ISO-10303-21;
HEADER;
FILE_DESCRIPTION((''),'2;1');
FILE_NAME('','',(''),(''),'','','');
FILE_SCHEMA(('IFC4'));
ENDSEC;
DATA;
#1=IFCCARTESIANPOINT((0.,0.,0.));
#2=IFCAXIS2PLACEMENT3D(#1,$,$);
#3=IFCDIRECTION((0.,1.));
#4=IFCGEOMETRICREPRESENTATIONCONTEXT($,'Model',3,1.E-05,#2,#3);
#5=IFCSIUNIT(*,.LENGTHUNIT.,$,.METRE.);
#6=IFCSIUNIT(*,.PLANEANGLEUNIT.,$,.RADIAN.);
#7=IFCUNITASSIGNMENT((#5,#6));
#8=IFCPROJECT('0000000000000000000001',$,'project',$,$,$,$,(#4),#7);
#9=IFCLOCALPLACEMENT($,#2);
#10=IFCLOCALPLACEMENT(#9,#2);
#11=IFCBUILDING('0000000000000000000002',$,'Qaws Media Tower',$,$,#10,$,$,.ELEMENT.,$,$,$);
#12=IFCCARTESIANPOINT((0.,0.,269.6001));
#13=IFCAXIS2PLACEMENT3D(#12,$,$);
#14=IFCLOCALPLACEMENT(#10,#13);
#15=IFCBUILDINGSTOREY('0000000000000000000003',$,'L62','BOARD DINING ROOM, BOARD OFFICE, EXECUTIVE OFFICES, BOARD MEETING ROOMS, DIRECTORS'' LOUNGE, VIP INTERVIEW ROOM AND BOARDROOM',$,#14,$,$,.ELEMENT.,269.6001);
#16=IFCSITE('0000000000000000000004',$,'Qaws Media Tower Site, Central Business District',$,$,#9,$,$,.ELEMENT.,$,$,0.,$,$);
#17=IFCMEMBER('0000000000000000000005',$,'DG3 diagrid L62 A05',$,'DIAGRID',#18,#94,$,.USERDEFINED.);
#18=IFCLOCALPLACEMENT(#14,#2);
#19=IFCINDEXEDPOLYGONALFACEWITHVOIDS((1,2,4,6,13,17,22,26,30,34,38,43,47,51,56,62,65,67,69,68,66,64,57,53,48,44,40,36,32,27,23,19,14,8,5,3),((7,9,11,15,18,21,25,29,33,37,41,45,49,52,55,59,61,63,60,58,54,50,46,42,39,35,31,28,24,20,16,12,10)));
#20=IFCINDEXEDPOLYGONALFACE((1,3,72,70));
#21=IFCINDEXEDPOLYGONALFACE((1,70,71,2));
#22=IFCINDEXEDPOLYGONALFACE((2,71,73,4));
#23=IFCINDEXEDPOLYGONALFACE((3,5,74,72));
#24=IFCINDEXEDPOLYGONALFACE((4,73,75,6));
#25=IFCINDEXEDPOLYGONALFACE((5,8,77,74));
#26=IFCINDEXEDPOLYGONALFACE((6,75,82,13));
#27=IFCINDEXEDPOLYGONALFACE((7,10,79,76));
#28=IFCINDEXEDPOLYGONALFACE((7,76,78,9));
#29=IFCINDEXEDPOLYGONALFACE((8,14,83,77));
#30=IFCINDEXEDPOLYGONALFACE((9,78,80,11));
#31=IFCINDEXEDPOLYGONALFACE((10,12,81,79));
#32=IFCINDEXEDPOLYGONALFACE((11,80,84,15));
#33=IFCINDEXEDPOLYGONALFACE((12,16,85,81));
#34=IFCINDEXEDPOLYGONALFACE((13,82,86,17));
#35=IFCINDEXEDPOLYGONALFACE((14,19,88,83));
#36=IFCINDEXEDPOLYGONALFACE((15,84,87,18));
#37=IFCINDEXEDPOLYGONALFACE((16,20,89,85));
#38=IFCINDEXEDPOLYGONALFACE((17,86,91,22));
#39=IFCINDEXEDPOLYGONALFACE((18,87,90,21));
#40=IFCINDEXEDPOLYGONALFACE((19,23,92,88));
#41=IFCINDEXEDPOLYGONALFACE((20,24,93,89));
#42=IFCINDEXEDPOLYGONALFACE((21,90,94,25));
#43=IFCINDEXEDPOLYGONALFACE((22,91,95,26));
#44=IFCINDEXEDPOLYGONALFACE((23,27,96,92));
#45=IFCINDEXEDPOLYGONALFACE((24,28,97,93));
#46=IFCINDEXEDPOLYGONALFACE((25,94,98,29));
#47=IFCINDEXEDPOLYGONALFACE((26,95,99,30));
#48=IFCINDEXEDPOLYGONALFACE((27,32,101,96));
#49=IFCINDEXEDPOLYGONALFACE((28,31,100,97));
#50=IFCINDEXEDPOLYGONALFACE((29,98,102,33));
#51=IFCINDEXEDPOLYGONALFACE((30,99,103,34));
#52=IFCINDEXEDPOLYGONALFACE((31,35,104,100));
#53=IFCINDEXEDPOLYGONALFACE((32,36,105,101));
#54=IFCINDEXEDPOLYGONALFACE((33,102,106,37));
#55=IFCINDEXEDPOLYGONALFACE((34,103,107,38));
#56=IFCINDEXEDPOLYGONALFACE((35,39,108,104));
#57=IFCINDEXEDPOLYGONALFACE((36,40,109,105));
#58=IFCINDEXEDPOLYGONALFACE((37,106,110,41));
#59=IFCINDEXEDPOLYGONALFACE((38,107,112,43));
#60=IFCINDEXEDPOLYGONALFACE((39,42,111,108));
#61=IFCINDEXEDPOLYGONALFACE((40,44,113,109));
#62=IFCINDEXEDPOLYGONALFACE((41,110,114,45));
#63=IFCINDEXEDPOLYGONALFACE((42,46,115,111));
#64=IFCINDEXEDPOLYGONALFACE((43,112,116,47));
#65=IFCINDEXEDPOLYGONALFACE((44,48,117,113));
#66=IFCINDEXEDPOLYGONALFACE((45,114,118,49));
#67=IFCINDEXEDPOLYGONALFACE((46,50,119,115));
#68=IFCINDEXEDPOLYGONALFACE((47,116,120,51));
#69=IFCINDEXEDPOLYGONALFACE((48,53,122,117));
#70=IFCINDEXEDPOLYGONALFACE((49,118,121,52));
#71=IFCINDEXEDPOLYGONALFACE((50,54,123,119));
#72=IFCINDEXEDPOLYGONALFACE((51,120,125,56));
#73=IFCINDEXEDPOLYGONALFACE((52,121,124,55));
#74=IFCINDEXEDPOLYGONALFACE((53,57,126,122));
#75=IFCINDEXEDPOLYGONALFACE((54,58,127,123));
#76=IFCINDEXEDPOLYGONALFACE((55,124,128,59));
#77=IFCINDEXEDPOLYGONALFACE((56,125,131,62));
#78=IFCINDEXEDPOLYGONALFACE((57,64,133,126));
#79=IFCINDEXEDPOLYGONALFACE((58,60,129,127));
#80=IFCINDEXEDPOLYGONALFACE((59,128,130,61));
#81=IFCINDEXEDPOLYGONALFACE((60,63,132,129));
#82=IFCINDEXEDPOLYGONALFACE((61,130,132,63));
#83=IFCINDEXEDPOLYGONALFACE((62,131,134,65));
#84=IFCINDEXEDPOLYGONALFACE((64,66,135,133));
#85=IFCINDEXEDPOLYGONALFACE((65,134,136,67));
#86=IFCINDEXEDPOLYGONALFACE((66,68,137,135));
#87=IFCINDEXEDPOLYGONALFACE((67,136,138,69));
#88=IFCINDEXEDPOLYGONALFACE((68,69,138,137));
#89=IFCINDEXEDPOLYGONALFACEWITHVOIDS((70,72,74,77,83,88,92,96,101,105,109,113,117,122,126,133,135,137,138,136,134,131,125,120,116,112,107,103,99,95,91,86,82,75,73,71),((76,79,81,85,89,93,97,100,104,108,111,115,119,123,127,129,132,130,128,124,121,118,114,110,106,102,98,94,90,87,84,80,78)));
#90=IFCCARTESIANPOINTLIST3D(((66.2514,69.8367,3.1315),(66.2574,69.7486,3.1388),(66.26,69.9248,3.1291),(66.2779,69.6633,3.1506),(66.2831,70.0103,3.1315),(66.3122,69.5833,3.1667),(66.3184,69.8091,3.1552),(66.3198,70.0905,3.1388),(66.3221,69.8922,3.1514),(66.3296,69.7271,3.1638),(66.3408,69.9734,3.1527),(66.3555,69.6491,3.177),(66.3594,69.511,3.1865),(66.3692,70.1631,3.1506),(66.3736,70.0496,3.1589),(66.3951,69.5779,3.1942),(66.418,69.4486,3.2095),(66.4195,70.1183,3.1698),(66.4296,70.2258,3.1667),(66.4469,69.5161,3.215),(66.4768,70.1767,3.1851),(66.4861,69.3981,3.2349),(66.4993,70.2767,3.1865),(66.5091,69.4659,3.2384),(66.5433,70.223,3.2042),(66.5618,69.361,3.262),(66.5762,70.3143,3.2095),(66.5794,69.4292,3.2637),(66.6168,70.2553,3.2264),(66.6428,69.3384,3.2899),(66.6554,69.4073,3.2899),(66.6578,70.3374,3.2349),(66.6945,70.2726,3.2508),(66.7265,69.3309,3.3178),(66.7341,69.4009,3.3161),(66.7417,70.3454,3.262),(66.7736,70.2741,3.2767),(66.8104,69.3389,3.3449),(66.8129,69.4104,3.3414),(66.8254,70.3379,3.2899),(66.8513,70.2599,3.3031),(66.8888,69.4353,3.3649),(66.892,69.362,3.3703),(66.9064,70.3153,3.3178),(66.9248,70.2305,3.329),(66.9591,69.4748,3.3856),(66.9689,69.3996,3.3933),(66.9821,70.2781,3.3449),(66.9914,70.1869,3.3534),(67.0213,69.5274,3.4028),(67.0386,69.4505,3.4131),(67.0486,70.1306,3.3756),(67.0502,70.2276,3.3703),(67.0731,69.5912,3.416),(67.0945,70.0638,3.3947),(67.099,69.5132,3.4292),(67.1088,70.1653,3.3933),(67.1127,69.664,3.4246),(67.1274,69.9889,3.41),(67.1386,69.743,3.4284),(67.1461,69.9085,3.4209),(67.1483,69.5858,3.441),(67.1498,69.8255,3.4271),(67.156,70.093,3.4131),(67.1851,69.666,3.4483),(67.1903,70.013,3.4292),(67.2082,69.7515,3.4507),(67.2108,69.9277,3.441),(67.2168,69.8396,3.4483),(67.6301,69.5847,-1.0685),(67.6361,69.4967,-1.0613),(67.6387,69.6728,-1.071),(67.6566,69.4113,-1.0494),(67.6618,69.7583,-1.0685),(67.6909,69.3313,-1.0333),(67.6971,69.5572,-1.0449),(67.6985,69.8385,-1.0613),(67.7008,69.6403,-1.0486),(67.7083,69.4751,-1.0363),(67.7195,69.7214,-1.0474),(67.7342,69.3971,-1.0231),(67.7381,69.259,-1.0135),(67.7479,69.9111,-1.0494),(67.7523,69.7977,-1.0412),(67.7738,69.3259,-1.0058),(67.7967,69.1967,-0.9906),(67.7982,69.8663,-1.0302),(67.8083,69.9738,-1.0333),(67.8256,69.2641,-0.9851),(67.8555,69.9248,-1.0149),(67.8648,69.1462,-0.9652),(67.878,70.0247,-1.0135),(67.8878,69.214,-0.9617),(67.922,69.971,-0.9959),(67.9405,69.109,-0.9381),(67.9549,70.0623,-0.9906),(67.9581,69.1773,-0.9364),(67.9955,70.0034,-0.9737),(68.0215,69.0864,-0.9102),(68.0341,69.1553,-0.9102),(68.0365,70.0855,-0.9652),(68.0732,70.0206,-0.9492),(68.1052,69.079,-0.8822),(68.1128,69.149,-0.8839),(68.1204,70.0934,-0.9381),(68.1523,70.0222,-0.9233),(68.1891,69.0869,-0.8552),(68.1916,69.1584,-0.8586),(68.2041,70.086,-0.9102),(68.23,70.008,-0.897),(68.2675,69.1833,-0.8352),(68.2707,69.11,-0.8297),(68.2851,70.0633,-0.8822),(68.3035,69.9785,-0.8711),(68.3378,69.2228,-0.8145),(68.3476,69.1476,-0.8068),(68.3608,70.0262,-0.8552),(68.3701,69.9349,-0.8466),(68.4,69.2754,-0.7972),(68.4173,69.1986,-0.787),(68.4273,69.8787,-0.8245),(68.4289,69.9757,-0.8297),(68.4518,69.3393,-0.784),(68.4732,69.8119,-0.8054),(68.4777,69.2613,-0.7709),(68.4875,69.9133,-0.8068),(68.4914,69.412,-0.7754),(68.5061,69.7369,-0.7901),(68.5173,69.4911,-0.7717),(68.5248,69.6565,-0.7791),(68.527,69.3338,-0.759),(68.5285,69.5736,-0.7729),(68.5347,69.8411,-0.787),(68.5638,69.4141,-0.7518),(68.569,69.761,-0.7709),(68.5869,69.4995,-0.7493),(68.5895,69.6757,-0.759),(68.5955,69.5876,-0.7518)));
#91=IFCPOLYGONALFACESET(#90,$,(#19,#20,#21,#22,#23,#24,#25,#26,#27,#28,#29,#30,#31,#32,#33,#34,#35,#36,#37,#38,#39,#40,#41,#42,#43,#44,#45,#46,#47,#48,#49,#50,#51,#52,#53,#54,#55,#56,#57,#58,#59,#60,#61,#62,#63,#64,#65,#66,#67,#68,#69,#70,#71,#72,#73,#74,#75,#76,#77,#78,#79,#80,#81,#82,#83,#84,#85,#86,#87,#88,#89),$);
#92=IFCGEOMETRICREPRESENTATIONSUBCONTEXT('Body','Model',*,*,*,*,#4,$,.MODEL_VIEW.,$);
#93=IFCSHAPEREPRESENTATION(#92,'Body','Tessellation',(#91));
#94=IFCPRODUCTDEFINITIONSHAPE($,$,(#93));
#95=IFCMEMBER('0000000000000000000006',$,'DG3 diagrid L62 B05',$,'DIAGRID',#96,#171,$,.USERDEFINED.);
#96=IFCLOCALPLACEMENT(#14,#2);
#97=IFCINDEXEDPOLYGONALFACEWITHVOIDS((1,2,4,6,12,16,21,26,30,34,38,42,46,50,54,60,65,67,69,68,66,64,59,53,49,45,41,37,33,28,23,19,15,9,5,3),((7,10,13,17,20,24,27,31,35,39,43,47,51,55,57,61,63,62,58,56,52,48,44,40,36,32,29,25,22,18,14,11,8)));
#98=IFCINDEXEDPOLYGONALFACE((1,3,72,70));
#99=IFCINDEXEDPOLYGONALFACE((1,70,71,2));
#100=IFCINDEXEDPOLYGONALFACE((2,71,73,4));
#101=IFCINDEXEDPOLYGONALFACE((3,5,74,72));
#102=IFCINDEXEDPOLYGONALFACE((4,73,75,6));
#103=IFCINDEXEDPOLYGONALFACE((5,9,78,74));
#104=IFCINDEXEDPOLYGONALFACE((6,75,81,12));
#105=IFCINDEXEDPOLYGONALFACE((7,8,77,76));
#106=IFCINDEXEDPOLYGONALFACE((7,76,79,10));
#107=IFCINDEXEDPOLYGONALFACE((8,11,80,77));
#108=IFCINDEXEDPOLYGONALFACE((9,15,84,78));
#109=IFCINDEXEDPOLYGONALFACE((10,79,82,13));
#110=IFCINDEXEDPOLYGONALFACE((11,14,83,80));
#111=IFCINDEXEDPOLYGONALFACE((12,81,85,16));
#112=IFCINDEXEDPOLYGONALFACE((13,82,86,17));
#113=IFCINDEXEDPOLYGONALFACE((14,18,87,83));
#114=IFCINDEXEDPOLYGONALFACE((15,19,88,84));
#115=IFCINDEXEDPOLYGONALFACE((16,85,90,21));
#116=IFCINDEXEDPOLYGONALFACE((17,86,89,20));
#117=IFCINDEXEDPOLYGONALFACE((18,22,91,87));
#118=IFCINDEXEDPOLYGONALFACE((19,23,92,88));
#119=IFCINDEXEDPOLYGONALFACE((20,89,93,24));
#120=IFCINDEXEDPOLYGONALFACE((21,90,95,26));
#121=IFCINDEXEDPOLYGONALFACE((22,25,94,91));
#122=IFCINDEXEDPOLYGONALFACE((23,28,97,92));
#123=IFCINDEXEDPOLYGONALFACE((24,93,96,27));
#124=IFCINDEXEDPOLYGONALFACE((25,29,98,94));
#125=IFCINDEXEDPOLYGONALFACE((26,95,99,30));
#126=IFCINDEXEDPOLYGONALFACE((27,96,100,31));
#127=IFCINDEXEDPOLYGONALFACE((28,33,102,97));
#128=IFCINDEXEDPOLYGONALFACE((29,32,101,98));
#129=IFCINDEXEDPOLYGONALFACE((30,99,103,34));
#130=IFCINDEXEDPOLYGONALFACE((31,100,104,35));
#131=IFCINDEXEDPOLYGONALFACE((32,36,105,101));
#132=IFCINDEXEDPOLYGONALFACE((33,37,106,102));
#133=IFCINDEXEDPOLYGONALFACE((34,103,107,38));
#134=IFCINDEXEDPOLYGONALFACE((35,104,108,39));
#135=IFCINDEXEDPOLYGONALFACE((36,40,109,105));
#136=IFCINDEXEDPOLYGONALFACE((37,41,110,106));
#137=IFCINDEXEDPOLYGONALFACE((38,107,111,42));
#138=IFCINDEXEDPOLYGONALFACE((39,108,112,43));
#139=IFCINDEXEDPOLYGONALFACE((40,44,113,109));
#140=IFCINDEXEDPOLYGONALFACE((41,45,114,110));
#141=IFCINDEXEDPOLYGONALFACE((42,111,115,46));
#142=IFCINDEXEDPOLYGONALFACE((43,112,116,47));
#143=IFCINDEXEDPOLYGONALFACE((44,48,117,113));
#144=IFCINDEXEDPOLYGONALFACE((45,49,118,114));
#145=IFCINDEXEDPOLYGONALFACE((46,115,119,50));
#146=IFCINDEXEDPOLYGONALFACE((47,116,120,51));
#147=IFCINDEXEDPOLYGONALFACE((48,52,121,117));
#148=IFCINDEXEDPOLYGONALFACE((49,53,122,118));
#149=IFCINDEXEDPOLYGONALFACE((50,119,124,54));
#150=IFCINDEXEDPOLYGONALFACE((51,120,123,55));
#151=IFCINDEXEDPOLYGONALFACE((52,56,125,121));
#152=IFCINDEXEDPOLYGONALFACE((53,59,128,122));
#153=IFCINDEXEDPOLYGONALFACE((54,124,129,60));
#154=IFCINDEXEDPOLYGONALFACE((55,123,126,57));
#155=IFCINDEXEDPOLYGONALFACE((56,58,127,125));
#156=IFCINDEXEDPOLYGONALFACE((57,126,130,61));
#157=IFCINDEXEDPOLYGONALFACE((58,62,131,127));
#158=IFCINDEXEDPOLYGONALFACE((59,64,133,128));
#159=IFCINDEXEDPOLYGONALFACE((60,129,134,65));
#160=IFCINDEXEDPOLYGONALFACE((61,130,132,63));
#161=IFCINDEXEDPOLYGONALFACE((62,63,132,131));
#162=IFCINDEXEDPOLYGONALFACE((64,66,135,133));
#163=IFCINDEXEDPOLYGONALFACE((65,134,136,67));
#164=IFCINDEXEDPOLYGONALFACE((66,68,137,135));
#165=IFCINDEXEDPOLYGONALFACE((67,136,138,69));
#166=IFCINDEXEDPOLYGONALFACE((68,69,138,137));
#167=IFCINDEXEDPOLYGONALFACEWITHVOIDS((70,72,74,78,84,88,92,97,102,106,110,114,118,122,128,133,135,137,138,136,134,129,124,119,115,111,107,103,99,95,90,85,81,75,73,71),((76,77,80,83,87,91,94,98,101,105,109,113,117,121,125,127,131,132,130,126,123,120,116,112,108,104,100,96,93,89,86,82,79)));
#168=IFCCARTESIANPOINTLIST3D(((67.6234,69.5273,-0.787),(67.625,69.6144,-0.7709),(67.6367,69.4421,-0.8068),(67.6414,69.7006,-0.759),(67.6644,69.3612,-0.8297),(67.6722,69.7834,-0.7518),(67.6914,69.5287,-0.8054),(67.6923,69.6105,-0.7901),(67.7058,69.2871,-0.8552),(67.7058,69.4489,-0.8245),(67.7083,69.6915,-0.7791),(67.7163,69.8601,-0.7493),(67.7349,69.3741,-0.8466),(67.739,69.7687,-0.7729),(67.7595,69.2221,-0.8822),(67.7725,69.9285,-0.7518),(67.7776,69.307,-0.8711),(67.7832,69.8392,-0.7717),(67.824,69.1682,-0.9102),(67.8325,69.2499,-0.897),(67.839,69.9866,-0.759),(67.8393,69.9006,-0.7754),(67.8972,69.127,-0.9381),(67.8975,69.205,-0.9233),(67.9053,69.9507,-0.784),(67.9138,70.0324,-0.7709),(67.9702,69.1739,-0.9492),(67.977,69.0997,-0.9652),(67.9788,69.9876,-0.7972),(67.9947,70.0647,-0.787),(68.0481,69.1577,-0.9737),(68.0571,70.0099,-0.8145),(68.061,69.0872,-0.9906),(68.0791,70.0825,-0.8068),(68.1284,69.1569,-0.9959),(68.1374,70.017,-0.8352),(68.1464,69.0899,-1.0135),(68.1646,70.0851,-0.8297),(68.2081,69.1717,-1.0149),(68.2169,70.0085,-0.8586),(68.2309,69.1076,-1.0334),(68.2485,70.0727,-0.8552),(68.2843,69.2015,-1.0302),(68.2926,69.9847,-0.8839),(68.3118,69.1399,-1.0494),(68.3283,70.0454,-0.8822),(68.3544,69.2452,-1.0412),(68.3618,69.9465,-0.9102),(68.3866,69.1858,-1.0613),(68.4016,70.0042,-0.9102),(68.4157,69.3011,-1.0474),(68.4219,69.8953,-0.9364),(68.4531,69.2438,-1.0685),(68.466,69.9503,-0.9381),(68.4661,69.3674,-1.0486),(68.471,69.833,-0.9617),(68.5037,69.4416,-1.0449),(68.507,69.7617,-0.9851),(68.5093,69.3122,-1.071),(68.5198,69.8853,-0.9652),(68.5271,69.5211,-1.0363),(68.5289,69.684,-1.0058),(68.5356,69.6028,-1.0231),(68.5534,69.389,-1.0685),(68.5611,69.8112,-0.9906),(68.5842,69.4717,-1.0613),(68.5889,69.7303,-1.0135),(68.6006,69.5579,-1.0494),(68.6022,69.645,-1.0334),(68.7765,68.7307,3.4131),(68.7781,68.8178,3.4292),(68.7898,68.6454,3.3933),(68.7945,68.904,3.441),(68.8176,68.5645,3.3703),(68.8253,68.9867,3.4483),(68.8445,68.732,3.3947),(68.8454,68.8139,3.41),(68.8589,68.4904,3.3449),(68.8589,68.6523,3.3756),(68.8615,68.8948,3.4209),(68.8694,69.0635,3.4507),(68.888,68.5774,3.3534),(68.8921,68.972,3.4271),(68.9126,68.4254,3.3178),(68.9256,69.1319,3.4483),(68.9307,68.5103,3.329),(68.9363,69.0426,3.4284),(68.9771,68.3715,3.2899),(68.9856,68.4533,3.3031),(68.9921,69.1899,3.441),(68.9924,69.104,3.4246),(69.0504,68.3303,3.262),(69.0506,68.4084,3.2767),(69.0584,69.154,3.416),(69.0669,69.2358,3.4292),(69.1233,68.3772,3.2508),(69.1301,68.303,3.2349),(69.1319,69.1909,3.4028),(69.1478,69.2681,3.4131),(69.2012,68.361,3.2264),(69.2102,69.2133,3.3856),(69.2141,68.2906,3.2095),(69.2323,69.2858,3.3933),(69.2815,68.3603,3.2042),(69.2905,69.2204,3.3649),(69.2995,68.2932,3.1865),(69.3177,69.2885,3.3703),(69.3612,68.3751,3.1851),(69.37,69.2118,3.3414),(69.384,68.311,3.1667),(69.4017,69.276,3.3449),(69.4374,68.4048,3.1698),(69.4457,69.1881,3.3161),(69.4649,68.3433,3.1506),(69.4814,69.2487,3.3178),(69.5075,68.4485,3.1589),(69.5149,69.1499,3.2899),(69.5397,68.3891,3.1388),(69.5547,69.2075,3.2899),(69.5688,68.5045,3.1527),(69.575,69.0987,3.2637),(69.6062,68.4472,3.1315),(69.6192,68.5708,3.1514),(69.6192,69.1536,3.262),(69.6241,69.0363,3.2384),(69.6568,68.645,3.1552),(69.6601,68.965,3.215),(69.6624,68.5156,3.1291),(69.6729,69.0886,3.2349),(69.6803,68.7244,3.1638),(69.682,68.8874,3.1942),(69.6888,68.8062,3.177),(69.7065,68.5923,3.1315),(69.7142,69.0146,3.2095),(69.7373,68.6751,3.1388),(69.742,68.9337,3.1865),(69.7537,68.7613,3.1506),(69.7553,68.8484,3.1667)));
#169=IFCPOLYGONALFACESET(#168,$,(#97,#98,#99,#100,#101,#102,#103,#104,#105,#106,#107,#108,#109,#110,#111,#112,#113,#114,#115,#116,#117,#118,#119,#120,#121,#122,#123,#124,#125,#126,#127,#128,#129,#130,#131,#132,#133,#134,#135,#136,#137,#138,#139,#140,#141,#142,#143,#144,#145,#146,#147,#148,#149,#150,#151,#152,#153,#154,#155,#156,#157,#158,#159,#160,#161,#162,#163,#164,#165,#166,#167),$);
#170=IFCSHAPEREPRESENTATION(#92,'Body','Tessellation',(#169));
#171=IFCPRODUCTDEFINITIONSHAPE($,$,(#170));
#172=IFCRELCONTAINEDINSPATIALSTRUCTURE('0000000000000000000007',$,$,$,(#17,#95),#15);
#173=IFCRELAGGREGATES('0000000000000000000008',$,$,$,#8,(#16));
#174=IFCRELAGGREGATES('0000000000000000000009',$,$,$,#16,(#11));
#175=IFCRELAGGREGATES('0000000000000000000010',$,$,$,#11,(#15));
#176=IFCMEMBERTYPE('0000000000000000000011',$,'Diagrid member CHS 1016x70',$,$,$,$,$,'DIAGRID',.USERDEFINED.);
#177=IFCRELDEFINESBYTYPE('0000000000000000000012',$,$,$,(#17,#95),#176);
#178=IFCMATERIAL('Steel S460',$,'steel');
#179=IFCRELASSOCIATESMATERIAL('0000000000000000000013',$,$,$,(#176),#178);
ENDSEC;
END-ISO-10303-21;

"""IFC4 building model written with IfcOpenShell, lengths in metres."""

from ifc_helpers import new_model, si_unit, direction, frame, origin, origin_2d, place, context, subcontext, project, spatial, hollow_circle, extrude, material, material_profile, profile_set, type_object, element, save


model = new_model("IFC4")

# Units and contexts
model_context = context("Model", 3, precision=1e-05, world=origin(), true_north=direction((0.0, 1.0)))
body_context = subcontext(model_context, "Body", "Model", "MODEL_VIEW")
ifc_project = project(units=[si_unit("LENGTHUNIT", "METRE"), si_unit("PLANEANGLEUNIT", "RADIAN")], contexts=[model_context])

# Site, building, storey
site_placement = place(None, origin())
site = spatial("IfcSite", under=ifc_project, at=site_placement, Name="Qaws Media Tower Site, Central Business District", CompositionType="ELEMENT", RefElevation=0.0)
building_placement = place(site_placement, origin())
building = spatial("IfcBuilding", under=site, at=building_placement, Name="Qaws Media Tower", CompositionType="ELEMENT")
storey_placement = place(building_placement, frame((0.0, 0.0, 269.6001)))
storey = spatial("IfcBuildingStorey", under=building, at=storey_placement, Name="L62", Description="BOARD DINING ROOM, BOARD OFFICE, EXECUTIVE OFFICES, BOARD MEETING ROOMS, DIRECTORS' LOUNGE, VIP INTERVIEW ROOM AND BOARDROOM", CompositionType="ELEMENT", Elevation=269.6001)

# Members
ifc_material_1 = material(Name="Steel S460", Category="steel")
ifc_material_profile_1 = material_profile(ifc_material_1, hollow_circle(Radius=0.5081, WallThickness=0.0701, at=origin_2d()), Name="CHS 1016x70")
ifc_profile_set_1 = profile_set([ifc_material_profile_1], Name="Steel S460")
member_type_1 = type_object("IfcMemberType", Name="Diagrid member CHS 1016x70", ElementType="DIAGRID", PredefinedType="USERDEFINED", material=ifc_profile_set_1)
for number, where, z_axis, x_axis, name in (
    (1, (68.1128, 69.5862, -0.9102), (-0.311378, 0.056905, 0.948581), (-0.179774, -0.983708, 0.0), "DG3 diagrid L62 A05"),
    (2, (68.1128, 69.5862, -0.9102), (0.260428, -0.179923, 0.94858), (0.568413, 0.822744, 0.0), "DG3 diagrid L62 B05"),
):
    element("IfcMember", number, at=place(storey_placement, frame(where, z_axis=z_axis, x_axis=x_axis)), inside=storey, type_object=member_type_1, Name=name, ObjectType="DIAGRID", PredefinedType="USERDEFINED", context=body_context, shape_type="SweptSolid", body=[
        extrude(hollow_circle(Radius=0.5081, WallThickness=0.0701, at=origin_2d()), origin(), (0.0, 0.0, 1.0), 4.4277),
    ])

save(model, "model.ifc")
